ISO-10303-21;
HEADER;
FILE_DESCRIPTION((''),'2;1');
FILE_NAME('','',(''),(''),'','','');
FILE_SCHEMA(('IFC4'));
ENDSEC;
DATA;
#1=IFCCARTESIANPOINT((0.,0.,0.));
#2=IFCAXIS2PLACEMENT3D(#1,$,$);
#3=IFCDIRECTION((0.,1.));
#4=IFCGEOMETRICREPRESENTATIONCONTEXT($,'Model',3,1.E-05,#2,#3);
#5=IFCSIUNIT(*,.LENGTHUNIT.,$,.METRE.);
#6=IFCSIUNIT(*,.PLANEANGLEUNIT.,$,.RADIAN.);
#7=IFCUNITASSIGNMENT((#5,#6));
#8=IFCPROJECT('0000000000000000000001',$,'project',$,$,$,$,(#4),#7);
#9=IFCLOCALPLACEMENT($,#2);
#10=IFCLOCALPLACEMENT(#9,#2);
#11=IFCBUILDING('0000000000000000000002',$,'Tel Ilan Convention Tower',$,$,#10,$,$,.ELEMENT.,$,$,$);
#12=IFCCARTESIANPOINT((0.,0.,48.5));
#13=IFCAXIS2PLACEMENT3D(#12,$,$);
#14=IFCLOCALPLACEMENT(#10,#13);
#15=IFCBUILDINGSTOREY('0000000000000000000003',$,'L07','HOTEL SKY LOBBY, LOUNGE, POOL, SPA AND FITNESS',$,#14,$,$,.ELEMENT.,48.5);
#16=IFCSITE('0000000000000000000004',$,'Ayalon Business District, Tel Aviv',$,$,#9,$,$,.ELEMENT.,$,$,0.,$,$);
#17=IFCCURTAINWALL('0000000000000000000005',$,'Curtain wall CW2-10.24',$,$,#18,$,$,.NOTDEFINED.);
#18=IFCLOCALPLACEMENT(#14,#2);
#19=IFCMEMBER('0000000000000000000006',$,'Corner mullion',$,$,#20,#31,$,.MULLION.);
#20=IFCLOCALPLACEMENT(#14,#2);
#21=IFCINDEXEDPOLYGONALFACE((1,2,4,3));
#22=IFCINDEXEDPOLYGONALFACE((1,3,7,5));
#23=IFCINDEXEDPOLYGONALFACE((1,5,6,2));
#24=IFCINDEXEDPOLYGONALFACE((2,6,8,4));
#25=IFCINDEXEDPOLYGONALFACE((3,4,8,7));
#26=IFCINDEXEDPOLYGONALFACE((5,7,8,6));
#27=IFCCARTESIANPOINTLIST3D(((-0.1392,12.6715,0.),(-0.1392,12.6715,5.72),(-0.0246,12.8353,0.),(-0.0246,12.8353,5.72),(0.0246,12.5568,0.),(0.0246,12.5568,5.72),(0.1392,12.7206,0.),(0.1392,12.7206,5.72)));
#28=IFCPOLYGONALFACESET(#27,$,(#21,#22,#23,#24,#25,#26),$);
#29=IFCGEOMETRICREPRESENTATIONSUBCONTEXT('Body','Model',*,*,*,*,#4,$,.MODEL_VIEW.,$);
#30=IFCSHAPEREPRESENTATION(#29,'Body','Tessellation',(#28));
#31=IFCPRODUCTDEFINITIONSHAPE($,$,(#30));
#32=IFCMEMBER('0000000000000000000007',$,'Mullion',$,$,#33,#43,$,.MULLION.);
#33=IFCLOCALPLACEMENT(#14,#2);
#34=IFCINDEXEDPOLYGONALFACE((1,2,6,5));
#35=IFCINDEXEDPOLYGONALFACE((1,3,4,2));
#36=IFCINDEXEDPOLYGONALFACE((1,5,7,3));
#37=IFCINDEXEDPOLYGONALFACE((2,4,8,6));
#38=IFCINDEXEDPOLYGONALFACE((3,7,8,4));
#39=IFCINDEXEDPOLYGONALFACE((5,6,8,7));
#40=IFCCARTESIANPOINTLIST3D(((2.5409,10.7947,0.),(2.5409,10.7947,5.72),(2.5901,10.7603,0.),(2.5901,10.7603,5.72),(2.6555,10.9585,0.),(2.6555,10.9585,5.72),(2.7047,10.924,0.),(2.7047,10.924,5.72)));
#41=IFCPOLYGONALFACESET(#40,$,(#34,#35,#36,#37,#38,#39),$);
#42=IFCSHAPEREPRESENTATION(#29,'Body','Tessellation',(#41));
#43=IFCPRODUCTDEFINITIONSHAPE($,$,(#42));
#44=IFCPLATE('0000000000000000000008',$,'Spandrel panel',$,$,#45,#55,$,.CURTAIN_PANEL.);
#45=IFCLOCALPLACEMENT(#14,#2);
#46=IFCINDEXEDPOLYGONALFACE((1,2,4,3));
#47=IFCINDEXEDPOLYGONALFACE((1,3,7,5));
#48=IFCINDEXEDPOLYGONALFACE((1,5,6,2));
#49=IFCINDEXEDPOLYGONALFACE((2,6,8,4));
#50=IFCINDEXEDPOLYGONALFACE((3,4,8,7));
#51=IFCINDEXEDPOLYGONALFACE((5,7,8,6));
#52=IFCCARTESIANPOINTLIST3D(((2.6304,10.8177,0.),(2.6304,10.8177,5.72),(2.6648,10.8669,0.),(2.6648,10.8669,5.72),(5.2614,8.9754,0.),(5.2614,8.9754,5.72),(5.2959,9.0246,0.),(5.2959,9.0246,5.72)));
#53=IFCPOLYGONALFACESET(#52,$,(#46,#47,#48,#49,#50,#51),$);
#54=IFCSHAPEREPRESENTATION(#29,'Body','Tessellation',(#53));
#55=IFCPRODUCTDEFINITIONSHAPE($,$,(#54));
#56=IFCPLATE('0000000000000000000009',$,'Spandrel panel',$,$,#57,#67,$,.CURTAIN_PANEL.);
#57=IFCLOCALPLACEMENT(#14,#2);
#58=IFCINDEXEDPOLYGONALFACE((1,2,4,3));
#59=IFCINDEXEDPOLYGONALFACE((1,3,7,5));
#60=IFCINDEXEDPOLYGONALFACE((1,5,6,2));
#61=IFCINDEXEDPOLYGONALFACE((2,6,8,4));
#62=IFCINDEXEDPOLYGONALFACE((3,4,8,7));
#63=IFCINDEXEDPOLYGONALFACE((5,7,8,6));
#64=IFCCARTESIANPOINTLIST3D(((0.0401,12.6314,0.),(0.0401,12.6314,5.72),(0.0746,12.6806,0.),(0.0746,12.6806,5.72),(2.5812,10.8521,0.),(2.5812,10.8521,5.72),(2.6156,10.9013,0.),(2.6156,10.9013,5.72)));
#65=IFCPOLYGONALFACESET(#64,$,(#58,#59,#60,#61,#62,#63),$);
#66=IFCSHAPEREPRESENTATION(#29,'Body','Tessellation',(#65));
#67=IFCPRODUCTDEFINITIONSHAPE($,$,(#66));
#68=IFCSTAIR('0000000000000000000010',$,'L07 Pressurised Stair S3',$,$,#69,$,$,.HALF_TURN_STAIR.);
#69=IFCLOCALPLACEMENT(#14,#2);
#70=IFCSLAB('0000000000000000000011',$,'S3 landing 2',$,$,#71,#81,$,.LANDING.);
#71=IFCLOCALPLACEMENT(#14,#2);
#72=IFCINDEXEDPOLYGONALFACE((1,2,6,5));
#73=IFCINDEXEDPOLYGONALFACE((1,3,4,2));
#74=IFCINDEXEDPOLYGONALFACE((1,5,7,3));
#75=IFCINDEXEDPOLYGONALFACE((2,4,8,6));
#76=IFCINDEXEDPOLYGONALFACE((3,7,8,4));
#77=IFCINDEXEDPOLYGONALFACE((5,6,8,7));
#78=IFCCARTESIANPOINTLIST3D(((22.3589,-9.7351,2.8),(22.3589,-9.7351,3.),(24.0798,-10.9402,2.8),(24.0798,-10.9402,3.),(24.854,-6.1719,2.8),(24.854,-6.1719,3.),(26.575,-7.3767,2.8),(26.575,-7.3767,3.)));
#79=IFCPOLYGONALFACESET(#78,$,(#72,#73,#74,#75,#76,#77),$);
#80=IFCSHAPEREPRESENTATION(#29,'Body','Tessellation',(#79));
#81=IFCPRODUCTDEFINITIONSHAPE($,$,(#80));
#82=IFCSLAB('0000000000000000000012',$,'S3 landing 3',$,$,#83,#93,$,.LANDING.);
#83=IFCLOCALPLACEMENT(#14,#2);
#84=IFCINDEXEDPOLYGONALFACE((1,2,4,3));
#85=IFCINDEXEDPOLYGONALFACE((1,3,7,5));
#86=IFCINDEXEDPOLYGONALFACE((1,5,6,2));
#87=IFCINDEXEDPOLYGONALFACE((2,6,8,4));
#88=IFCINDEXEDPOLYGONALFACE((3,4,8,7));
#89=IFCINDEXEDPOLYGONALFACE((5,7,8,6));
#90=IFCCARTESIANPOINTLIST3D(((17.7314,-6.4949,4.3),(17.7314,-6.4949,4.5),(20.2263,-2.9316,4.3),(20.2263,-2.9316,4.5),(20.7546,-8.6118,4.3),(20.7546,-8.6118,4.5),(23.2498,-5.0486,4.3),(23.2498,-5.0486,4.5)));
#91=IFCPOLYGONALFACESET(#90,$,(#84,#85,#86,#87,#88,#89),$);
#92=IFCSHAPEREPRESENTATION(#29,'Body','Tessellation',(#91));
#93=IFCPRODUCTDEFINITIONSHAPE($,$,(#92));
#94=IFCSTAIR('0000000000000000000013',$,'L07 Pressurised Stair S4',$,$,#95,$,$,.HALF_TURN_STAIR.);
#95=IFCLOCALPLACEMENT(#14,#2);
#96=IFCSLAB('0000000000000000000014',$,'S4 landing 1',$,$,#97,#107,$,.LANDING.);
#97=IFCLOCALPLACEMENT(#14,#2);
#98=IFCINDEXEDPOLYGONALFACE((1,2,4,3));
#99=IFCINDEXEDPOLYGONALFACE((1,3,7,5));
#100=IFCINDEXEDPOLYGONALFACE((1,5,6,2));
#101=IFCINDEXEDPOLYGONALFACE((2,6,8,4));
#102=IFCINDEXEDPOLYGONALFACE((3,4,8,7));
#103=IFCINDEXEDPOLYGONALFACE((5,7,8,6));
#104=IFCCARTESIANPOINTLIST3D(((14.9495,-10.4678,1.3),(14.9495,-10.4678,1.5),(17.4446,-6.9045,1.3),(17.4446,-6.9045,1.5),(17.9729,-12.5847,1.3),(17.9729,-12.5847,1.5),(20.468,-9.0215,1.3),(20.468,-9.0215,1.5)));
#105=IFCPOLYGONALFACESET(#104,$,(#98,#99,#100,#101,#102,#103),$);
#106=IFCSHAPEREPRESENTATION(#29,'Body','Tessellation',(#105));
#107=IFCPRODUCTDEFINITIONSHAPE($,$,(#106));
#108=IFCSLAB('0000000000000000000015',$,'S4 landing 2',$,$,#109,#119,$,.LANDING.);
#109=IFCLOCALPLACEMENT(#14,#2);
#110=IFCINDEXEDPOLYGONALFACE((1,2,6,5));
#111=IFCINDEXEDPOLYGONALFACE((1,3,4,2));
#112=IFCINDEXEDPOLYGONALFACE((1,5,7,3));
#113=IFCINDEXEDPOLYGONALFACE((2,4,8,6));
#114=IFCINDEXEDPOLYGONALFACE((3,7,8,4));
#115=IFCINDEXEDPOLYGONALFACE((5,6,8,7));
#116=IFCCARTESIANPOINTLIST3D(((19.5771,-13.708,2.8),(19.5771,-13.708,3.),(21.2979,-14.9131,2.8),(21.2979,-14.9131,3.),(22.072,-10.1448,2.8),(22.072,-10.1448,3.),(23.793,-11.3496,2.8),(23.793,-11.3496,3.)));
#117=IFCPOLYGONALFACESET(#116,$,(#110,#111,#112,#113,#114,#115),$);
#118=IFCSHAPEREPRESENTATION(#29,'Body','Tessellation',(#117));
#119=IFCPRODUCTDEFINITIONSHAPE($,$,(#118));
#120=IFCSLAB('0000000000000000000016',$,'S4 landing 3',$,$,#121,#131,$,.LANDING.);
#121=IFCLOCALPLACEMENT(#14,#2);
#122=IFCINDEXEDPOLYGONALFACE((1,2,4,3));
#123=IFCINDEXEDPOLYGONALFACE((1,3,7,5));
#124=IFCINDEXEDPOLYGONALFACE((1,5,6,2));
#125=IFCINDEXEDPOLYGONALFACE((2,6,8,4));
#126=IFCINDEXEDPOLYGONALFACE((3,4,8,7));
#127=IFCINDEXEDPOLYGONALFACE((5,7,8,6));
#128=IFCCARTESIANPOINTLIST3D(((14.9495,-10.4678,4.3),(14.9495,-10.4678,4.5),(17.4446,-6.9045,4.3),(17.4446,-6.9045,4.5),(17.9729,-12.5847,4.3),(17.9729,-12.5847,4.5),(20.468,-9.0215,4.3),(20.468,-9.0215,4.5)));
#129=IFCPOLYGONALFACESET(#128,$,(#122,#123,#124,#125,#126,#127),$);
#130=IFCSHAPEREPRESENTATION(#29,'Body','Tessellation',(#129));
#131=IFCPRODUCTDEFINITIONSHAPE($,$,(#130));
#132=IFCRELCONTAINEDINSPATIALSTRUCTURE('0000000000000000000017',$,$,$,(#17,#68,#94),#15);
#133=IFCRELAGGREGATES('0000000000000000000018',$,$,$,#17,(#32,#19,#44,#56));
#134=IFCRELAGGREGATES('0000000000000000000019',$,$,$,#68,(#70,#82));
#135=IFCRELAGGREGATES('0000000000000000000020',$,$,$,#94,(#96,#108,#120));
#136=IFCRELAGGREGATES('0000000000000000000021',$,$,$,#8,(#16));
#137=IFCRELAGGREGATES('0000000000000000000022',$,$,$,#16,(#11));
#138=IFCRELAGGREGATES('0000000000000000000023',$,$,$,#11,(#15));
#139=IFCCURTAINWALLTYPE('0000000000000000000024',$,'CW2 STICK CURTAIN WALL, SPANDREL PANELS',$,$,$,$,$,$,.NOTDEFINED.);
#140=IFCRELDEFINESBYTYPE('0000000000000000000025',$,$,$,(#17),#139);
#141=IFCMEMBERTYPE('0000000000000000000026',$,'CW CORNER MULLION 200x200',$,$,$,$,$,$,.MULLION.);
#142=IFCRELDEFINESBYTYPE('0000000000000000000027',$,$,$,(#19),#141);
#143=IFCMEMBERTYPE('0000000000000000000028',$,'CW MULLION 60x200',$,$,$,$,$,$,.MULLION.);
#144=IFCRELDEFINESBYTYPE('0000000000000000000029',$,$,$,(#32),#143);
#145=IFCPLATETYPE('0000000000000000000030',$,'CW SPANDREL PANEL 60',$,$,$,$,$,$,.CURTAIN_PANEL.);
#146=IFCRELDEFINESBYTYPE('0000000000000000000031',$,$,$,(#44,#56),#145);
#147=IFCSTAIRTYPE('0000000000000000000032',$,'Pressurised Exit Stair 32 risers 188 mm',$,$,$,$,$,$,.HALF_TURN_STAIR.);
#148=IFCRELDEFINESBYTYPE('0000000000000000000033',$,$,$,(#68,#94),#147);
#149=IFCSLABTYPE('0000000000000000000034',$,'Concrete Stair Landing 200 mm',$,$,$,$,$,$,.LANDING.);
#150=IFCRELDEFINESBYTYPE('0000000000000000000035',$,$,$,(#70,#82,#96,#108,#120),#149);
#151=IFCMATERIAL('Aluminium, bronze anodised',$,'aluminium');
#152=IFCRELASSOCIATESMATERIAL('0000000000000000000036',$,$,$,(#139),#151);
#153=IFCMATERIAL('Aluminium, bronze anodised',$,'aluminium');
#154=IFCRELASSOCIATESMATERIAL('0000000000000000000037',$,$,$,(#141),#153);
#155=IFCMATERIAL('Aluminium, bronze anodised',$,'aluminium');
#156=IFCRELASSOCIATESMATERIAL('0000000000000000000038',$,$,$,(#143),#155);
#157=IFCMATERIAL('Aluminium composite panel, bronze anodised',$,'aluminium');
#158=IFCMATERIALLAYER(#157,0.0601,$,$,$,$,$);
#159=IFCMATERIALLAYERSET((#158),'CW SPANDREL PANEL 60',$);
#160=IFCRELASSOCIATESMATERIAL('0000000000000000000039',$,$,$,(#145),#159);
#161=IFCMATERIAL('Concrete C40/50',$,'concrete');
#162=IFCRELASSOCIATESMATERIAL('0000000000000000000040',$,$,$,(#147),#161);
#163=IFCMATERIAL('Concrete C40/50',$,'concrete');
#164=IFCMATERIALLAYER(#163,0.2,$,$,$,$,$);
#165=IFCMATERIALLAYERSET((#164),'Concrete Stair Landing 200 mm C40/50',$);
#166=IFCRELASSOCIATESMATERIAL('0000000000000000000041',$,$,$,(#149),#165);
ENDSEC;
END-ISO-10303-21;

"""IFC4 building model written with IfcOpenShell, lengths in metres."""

from ifc_helpers import new_model, si_unit, direction, frame, origin, origin_2d, place, context, subcontext, project, spatial, polyline, rectangle, outline, extrude, material, layer, layer_set, material_profile, profile_set, type_object, element, aggregate, save


model = new_model("IFC4")

# Units and contexts
model_context = context("Model", 3, precision=1e-05, world=origin(), true_north=direction((0.0, 1.0)))
body_context = subcontext(model_context, "Body", "Model", "MODEL_VIEW")
ifc_project = project(units=[si_unit("LENGTHUNIT", "METRE"), si_unit("PLANEANGLEUNIT", "RADIAN")], contexts=[model_context])

# Site, building, storey
site_placement = place(None, origin())
site = spatial("IfcSite", under=ifc_project, at=site_placement, Name="Ayalon Business District, Tel Aviv", CompositionType="ELEMENT", RefElevation=0.0)
building_placement = place(site_placement, origin())
building = spatial("IfcBuilding", under=site, at=building_placement, Name="Tel Ilan Convention Tower", CompositionType="ELEMENT")
storey_placement = place(building_placement, frame((0.0, 0.0, 48.5)))
storey = spatial("IfcBuildingStorey", under=building, at=storey_placement, Name="L07", Description="HOTEL SKY LOBBY, LOUNGE, POOL, SPA AND FITNESS", CompositionType="ELEMENT", Elevation=48.5)

# Curtain wall, members, plates
ifc_material_1 = material(Name="Aluminium, bronze anodised", Category="aluminium")
curtain_wall_type = type_object("IfcCurtainWallType", Name="CW2 STICK CURTAIN WALL, SPANDREL PANELS", PredefinedType="NOTDEFINED", material=ifc_material_1)
curtain_wall_placement = place(storey_placement, origin())
curtain_wall = element("IfcCurtainWall", 1, at=curtain_wall_placement, inside=storey, type_object=curtain_wall_type, Name="Curtain wall CW2-10.24", PredefinedType="NOTDEFINED")
ifc_material_2 = material(Name="Aluminium, bronze anodised", Category="aluminium")
ifc_material_profile_1 = material_profile(ifc_material_2, rectangle(XDim=0.2, YDim=0.2, at=origin_2d()), Name="CW CORNER MULLION 200x200")
ifc_profile_set_1 = profile_set([ifc_material_profile_1], Name="Aluminium, bronze anodised")
member_type_1 = type_object("IfcMemberType", Name="CW CORNER MULLION 200x200", PredefinedType="MULLION", material=ifc_profile_set_1)
member_1_placement = place(storey_placement, frame((0.0, 12.696, 0.0), z_axis=(0.0, 0.0, 1.0), x_axis=(-0.819152, 0.573576, 0.0)))
member_1 = element("IfcMember", 2, at=member_1_placement, type_object=member_type_1, Name="Corner mullion", PredefinedType="MULLION", context=body_context, shape_type="SweptSolid", body=[
    extrude(rectangle(XDim=0.2, YDim=0.2, at=origin_2d()), origin(), (0.0, 0.0, 1.0), 5.72),
])
ifc_material_3 = material(Name="Aluminium, bronze anodised", Category="aluminium")
ifc_material_profile_2 = material_profile(ifc_material_3, rectangle(XDim=0.0601, YDim=0.2, at=origin_2d()), Name="CW MULLION 60x200")
ifc_profile_set_2 = profile_set([ifc_material_profile_2], Name="Aluminium, bronze anodised")
member_type_2 = type_object("IfcMemberType", Name="CW MULLION 60x200", PredefinedType="MULLION", material=ifc_profile_set_2)
member_2_placement = place(storey_placement, frame((2.6228, 10.8594, 0.0), z_axis=(0.0, 0.0, 1.0), x_axis=(-0.819152, 0.573576, 0.0)))
member_2 = element("IfcMember", 3, at=member_2_placement, type_object=member_type_2, Name="Mullion", PredefinedType="MULLION", context=body_context, shape_type="SweptSolid", body=[
    extrude(rectangle(XDim=0.0601, YDim=0.2, at=origin_2d()), origin(), (0.0, 0.0, 1.0), 5.72),
])
ifc_material_4 = material(Name="Aluminium composite panel, bronze anodised", Category="aluminium")
ifc_layer_1 = layer(ifc_material_4, 0.0601)
ifc_layer_set_1 = layer_set([ifc_layer_1], Name="CW SPANDREL PANEL 60")
plate_type = type_object("IfcPlateType", Name="CW SPANDREL PANEL 60", PredefinedType="CURTAIN_PANEL", material=ifc_layer_set_1)
plate_1_placement = place(storey_placement, frame((3.9631, 9.9211, 0.0), z_axis=(0.0, 0.0, 1.0), x_axis=(-0.819152, 0.573576, 0.0)))
plate_1 = element("IfcPlate", 4, at=plate_1_placement, type_object=plate_type, Name="Spandrel panel", PredefinedType="CURTAIN_PANEL", context=body_context, shape_type="SweptSolid", body=[
    extrude(rectangle(XDim=3.2119, YDim=0.0601, at=origin_2d()), origin(), (0.0, 0.0, 1.0), 5.72),
])
plate_2_placement = place(storey_placement, frame((1.3279, 11.7664, 0.0), z_axis=(0.0, 0.0, 1.0), x_axis=(-0.819152, 0.573576, 0.0)))
plate_2 = element("IfcPlate", 5, at=plate_2_placement, type_object=plate_type, Name="Spandrel panel", PredefinedType="CURTAIN_PANEL", context=body_context, shape_type="SweptSolid", body=[
    extrude(rectangle(XDim=3.1021, YDim=0.0601, at=origin_2d()), origin(), (0.0, 0.0, 1.0), 5.72),
])
aggregate(curtain_wall, [member_2, member_1, plate_1, plate_2])

# Stairs, slabs
ifc_material_5 = material(Name="Concrete C40/50", Category="concrete")
stair_type = type_object("IfcStairType", Name="Pressurised Exit Stair 32 risers 188 mm", PredefinedType="HALF_TURN_STAIR", material=ifc_material_5)
stair_1_placement = place(storey_placement, origin())
stair_1 = element("IfcStair", 6, at=stair_1_placement, inside=storey, type_object=stair_type, Name="L07 Pressurised Stair S3", PredefinedType="HALF_TURN_STAIR")
ifc_material_6 = material(Name="Concrete C40/50", Category="concrete")
ifc_layer_2 = layer(ifc_material_6, 0.2)
ifc_layer_set_2 = layer_set([ifc_layer_2], Name="Concrete Stair Landing 200 mm C40/50")
slab_type_1 = type_object("IfcSlabType", Name="Concrete Stair Landing 200 mm", PredefinedType="LANDING", material=ifc_layer_set_2)
slab_1_placement = place(storey_placement, frame((0.0, 0.0, 2.8)))
slab_1 = element("IfcSlab", 7, at=slab_1_placement, type_object=slab_type_1, Name="S3 landing 2", PredefinedType="LANDING", context=body_context, shape_type="SweptSolid", body=[
    extrude(outline(polyline([(26.575, -7.3767), (24.854, -6.1719), (22.3589, -9.7351), (24.0798, -10.9402), (26.575, -7.3767)])), origin(), (0.0, 0.0, 1.0), 0.2),
])
slab_2_placement = place(storey_placement, frame((0.0, 0.0, 4.3)))
slab_2 = element("IfcSlab", 8, at=slab_2_placement, type_object=slab_type_1, Name="S3 landing 3", PredefinedType="LANDING", context=body_context, shape_type="SweptSolid", body=[
    extrude(outline(polyline([(23.2498, -5.0486), (20.2263, -2.9316), (17.7314, -6.4949), (20.7546, -8.6118), (23.2498, -5.0486)])), origin(), (0.0, 0.0, 1.0), 0.2),
])
aggregate(stair_1, [slab_1, slab_2])
stair_2_placement = place(storey_placement, origin())
stair_2 = element("IfcStair", 9, at=stair_2_placement, inside=storey, type_object=stair_type, Name="L07 Pressurised Stair S4", PredefinedType="HALF_TURN_STAIR")
slab_3_placement = place(storey_placement, frame((0.0, 0.0, 1.3)))
slab_3 = element("IfcSlab", 10, at=slab_3_placement, type_object=slab_type_1, Name="S4 landing 1", PredefinedType="LANDING", context=body_context, shape_type="SweptSolid", body=[
    extrude(outline(polyline([(20.468, -9.0215), (17.4446, -6.9045), (14.9495, -10.4678), (17.9729, -12.5847), (20.468, -9.0215)])), origin(), (0.0, 0.0, 1.0), 0.2),
])
slab_4_placement = place(storey_placement, frame((0.0, 0.0, 2.8)))
slab_4 = element("IfcSlab", 11, at=slab_4_placement, type_object=slab_type_1, Name="S4 landing 2", PredefinedType="LANDING", context=body_context, shape_type="SweptSolid", body=[
    extrude(outline(polyline([(23.793, -11.3496), (22.072, -10.1448), (19.5771, -13.708), (21.2979, -14.9131), (23.793, -11.3496)])), origin(), (0.0, 0.0, 1.0), 0.2),
])
slab_5_placement = place(storey_placement, frame((0.0, 0.0, 4.3)))
slab_5 = element("IfcSlab", 12, at=slab_5_placement, type_object=slab_type_1, Name="S4 landing 3", PredefinedType="LANDING", context=body_context, shape_type="SweptSolid", body=[
    extrude(outline(polyline([(20.468, -9.0215), (17.4446, -6.9045), (14.9495, -10.4678), (17.9729, -12.5847), (20.468, -9.0215)])), origin(), (0.0, 0.0, 1.0), 0.2),
])
aggregate(stair_2, [slab_3, slab_4, slab_5])

save(model, "model.ifc")
